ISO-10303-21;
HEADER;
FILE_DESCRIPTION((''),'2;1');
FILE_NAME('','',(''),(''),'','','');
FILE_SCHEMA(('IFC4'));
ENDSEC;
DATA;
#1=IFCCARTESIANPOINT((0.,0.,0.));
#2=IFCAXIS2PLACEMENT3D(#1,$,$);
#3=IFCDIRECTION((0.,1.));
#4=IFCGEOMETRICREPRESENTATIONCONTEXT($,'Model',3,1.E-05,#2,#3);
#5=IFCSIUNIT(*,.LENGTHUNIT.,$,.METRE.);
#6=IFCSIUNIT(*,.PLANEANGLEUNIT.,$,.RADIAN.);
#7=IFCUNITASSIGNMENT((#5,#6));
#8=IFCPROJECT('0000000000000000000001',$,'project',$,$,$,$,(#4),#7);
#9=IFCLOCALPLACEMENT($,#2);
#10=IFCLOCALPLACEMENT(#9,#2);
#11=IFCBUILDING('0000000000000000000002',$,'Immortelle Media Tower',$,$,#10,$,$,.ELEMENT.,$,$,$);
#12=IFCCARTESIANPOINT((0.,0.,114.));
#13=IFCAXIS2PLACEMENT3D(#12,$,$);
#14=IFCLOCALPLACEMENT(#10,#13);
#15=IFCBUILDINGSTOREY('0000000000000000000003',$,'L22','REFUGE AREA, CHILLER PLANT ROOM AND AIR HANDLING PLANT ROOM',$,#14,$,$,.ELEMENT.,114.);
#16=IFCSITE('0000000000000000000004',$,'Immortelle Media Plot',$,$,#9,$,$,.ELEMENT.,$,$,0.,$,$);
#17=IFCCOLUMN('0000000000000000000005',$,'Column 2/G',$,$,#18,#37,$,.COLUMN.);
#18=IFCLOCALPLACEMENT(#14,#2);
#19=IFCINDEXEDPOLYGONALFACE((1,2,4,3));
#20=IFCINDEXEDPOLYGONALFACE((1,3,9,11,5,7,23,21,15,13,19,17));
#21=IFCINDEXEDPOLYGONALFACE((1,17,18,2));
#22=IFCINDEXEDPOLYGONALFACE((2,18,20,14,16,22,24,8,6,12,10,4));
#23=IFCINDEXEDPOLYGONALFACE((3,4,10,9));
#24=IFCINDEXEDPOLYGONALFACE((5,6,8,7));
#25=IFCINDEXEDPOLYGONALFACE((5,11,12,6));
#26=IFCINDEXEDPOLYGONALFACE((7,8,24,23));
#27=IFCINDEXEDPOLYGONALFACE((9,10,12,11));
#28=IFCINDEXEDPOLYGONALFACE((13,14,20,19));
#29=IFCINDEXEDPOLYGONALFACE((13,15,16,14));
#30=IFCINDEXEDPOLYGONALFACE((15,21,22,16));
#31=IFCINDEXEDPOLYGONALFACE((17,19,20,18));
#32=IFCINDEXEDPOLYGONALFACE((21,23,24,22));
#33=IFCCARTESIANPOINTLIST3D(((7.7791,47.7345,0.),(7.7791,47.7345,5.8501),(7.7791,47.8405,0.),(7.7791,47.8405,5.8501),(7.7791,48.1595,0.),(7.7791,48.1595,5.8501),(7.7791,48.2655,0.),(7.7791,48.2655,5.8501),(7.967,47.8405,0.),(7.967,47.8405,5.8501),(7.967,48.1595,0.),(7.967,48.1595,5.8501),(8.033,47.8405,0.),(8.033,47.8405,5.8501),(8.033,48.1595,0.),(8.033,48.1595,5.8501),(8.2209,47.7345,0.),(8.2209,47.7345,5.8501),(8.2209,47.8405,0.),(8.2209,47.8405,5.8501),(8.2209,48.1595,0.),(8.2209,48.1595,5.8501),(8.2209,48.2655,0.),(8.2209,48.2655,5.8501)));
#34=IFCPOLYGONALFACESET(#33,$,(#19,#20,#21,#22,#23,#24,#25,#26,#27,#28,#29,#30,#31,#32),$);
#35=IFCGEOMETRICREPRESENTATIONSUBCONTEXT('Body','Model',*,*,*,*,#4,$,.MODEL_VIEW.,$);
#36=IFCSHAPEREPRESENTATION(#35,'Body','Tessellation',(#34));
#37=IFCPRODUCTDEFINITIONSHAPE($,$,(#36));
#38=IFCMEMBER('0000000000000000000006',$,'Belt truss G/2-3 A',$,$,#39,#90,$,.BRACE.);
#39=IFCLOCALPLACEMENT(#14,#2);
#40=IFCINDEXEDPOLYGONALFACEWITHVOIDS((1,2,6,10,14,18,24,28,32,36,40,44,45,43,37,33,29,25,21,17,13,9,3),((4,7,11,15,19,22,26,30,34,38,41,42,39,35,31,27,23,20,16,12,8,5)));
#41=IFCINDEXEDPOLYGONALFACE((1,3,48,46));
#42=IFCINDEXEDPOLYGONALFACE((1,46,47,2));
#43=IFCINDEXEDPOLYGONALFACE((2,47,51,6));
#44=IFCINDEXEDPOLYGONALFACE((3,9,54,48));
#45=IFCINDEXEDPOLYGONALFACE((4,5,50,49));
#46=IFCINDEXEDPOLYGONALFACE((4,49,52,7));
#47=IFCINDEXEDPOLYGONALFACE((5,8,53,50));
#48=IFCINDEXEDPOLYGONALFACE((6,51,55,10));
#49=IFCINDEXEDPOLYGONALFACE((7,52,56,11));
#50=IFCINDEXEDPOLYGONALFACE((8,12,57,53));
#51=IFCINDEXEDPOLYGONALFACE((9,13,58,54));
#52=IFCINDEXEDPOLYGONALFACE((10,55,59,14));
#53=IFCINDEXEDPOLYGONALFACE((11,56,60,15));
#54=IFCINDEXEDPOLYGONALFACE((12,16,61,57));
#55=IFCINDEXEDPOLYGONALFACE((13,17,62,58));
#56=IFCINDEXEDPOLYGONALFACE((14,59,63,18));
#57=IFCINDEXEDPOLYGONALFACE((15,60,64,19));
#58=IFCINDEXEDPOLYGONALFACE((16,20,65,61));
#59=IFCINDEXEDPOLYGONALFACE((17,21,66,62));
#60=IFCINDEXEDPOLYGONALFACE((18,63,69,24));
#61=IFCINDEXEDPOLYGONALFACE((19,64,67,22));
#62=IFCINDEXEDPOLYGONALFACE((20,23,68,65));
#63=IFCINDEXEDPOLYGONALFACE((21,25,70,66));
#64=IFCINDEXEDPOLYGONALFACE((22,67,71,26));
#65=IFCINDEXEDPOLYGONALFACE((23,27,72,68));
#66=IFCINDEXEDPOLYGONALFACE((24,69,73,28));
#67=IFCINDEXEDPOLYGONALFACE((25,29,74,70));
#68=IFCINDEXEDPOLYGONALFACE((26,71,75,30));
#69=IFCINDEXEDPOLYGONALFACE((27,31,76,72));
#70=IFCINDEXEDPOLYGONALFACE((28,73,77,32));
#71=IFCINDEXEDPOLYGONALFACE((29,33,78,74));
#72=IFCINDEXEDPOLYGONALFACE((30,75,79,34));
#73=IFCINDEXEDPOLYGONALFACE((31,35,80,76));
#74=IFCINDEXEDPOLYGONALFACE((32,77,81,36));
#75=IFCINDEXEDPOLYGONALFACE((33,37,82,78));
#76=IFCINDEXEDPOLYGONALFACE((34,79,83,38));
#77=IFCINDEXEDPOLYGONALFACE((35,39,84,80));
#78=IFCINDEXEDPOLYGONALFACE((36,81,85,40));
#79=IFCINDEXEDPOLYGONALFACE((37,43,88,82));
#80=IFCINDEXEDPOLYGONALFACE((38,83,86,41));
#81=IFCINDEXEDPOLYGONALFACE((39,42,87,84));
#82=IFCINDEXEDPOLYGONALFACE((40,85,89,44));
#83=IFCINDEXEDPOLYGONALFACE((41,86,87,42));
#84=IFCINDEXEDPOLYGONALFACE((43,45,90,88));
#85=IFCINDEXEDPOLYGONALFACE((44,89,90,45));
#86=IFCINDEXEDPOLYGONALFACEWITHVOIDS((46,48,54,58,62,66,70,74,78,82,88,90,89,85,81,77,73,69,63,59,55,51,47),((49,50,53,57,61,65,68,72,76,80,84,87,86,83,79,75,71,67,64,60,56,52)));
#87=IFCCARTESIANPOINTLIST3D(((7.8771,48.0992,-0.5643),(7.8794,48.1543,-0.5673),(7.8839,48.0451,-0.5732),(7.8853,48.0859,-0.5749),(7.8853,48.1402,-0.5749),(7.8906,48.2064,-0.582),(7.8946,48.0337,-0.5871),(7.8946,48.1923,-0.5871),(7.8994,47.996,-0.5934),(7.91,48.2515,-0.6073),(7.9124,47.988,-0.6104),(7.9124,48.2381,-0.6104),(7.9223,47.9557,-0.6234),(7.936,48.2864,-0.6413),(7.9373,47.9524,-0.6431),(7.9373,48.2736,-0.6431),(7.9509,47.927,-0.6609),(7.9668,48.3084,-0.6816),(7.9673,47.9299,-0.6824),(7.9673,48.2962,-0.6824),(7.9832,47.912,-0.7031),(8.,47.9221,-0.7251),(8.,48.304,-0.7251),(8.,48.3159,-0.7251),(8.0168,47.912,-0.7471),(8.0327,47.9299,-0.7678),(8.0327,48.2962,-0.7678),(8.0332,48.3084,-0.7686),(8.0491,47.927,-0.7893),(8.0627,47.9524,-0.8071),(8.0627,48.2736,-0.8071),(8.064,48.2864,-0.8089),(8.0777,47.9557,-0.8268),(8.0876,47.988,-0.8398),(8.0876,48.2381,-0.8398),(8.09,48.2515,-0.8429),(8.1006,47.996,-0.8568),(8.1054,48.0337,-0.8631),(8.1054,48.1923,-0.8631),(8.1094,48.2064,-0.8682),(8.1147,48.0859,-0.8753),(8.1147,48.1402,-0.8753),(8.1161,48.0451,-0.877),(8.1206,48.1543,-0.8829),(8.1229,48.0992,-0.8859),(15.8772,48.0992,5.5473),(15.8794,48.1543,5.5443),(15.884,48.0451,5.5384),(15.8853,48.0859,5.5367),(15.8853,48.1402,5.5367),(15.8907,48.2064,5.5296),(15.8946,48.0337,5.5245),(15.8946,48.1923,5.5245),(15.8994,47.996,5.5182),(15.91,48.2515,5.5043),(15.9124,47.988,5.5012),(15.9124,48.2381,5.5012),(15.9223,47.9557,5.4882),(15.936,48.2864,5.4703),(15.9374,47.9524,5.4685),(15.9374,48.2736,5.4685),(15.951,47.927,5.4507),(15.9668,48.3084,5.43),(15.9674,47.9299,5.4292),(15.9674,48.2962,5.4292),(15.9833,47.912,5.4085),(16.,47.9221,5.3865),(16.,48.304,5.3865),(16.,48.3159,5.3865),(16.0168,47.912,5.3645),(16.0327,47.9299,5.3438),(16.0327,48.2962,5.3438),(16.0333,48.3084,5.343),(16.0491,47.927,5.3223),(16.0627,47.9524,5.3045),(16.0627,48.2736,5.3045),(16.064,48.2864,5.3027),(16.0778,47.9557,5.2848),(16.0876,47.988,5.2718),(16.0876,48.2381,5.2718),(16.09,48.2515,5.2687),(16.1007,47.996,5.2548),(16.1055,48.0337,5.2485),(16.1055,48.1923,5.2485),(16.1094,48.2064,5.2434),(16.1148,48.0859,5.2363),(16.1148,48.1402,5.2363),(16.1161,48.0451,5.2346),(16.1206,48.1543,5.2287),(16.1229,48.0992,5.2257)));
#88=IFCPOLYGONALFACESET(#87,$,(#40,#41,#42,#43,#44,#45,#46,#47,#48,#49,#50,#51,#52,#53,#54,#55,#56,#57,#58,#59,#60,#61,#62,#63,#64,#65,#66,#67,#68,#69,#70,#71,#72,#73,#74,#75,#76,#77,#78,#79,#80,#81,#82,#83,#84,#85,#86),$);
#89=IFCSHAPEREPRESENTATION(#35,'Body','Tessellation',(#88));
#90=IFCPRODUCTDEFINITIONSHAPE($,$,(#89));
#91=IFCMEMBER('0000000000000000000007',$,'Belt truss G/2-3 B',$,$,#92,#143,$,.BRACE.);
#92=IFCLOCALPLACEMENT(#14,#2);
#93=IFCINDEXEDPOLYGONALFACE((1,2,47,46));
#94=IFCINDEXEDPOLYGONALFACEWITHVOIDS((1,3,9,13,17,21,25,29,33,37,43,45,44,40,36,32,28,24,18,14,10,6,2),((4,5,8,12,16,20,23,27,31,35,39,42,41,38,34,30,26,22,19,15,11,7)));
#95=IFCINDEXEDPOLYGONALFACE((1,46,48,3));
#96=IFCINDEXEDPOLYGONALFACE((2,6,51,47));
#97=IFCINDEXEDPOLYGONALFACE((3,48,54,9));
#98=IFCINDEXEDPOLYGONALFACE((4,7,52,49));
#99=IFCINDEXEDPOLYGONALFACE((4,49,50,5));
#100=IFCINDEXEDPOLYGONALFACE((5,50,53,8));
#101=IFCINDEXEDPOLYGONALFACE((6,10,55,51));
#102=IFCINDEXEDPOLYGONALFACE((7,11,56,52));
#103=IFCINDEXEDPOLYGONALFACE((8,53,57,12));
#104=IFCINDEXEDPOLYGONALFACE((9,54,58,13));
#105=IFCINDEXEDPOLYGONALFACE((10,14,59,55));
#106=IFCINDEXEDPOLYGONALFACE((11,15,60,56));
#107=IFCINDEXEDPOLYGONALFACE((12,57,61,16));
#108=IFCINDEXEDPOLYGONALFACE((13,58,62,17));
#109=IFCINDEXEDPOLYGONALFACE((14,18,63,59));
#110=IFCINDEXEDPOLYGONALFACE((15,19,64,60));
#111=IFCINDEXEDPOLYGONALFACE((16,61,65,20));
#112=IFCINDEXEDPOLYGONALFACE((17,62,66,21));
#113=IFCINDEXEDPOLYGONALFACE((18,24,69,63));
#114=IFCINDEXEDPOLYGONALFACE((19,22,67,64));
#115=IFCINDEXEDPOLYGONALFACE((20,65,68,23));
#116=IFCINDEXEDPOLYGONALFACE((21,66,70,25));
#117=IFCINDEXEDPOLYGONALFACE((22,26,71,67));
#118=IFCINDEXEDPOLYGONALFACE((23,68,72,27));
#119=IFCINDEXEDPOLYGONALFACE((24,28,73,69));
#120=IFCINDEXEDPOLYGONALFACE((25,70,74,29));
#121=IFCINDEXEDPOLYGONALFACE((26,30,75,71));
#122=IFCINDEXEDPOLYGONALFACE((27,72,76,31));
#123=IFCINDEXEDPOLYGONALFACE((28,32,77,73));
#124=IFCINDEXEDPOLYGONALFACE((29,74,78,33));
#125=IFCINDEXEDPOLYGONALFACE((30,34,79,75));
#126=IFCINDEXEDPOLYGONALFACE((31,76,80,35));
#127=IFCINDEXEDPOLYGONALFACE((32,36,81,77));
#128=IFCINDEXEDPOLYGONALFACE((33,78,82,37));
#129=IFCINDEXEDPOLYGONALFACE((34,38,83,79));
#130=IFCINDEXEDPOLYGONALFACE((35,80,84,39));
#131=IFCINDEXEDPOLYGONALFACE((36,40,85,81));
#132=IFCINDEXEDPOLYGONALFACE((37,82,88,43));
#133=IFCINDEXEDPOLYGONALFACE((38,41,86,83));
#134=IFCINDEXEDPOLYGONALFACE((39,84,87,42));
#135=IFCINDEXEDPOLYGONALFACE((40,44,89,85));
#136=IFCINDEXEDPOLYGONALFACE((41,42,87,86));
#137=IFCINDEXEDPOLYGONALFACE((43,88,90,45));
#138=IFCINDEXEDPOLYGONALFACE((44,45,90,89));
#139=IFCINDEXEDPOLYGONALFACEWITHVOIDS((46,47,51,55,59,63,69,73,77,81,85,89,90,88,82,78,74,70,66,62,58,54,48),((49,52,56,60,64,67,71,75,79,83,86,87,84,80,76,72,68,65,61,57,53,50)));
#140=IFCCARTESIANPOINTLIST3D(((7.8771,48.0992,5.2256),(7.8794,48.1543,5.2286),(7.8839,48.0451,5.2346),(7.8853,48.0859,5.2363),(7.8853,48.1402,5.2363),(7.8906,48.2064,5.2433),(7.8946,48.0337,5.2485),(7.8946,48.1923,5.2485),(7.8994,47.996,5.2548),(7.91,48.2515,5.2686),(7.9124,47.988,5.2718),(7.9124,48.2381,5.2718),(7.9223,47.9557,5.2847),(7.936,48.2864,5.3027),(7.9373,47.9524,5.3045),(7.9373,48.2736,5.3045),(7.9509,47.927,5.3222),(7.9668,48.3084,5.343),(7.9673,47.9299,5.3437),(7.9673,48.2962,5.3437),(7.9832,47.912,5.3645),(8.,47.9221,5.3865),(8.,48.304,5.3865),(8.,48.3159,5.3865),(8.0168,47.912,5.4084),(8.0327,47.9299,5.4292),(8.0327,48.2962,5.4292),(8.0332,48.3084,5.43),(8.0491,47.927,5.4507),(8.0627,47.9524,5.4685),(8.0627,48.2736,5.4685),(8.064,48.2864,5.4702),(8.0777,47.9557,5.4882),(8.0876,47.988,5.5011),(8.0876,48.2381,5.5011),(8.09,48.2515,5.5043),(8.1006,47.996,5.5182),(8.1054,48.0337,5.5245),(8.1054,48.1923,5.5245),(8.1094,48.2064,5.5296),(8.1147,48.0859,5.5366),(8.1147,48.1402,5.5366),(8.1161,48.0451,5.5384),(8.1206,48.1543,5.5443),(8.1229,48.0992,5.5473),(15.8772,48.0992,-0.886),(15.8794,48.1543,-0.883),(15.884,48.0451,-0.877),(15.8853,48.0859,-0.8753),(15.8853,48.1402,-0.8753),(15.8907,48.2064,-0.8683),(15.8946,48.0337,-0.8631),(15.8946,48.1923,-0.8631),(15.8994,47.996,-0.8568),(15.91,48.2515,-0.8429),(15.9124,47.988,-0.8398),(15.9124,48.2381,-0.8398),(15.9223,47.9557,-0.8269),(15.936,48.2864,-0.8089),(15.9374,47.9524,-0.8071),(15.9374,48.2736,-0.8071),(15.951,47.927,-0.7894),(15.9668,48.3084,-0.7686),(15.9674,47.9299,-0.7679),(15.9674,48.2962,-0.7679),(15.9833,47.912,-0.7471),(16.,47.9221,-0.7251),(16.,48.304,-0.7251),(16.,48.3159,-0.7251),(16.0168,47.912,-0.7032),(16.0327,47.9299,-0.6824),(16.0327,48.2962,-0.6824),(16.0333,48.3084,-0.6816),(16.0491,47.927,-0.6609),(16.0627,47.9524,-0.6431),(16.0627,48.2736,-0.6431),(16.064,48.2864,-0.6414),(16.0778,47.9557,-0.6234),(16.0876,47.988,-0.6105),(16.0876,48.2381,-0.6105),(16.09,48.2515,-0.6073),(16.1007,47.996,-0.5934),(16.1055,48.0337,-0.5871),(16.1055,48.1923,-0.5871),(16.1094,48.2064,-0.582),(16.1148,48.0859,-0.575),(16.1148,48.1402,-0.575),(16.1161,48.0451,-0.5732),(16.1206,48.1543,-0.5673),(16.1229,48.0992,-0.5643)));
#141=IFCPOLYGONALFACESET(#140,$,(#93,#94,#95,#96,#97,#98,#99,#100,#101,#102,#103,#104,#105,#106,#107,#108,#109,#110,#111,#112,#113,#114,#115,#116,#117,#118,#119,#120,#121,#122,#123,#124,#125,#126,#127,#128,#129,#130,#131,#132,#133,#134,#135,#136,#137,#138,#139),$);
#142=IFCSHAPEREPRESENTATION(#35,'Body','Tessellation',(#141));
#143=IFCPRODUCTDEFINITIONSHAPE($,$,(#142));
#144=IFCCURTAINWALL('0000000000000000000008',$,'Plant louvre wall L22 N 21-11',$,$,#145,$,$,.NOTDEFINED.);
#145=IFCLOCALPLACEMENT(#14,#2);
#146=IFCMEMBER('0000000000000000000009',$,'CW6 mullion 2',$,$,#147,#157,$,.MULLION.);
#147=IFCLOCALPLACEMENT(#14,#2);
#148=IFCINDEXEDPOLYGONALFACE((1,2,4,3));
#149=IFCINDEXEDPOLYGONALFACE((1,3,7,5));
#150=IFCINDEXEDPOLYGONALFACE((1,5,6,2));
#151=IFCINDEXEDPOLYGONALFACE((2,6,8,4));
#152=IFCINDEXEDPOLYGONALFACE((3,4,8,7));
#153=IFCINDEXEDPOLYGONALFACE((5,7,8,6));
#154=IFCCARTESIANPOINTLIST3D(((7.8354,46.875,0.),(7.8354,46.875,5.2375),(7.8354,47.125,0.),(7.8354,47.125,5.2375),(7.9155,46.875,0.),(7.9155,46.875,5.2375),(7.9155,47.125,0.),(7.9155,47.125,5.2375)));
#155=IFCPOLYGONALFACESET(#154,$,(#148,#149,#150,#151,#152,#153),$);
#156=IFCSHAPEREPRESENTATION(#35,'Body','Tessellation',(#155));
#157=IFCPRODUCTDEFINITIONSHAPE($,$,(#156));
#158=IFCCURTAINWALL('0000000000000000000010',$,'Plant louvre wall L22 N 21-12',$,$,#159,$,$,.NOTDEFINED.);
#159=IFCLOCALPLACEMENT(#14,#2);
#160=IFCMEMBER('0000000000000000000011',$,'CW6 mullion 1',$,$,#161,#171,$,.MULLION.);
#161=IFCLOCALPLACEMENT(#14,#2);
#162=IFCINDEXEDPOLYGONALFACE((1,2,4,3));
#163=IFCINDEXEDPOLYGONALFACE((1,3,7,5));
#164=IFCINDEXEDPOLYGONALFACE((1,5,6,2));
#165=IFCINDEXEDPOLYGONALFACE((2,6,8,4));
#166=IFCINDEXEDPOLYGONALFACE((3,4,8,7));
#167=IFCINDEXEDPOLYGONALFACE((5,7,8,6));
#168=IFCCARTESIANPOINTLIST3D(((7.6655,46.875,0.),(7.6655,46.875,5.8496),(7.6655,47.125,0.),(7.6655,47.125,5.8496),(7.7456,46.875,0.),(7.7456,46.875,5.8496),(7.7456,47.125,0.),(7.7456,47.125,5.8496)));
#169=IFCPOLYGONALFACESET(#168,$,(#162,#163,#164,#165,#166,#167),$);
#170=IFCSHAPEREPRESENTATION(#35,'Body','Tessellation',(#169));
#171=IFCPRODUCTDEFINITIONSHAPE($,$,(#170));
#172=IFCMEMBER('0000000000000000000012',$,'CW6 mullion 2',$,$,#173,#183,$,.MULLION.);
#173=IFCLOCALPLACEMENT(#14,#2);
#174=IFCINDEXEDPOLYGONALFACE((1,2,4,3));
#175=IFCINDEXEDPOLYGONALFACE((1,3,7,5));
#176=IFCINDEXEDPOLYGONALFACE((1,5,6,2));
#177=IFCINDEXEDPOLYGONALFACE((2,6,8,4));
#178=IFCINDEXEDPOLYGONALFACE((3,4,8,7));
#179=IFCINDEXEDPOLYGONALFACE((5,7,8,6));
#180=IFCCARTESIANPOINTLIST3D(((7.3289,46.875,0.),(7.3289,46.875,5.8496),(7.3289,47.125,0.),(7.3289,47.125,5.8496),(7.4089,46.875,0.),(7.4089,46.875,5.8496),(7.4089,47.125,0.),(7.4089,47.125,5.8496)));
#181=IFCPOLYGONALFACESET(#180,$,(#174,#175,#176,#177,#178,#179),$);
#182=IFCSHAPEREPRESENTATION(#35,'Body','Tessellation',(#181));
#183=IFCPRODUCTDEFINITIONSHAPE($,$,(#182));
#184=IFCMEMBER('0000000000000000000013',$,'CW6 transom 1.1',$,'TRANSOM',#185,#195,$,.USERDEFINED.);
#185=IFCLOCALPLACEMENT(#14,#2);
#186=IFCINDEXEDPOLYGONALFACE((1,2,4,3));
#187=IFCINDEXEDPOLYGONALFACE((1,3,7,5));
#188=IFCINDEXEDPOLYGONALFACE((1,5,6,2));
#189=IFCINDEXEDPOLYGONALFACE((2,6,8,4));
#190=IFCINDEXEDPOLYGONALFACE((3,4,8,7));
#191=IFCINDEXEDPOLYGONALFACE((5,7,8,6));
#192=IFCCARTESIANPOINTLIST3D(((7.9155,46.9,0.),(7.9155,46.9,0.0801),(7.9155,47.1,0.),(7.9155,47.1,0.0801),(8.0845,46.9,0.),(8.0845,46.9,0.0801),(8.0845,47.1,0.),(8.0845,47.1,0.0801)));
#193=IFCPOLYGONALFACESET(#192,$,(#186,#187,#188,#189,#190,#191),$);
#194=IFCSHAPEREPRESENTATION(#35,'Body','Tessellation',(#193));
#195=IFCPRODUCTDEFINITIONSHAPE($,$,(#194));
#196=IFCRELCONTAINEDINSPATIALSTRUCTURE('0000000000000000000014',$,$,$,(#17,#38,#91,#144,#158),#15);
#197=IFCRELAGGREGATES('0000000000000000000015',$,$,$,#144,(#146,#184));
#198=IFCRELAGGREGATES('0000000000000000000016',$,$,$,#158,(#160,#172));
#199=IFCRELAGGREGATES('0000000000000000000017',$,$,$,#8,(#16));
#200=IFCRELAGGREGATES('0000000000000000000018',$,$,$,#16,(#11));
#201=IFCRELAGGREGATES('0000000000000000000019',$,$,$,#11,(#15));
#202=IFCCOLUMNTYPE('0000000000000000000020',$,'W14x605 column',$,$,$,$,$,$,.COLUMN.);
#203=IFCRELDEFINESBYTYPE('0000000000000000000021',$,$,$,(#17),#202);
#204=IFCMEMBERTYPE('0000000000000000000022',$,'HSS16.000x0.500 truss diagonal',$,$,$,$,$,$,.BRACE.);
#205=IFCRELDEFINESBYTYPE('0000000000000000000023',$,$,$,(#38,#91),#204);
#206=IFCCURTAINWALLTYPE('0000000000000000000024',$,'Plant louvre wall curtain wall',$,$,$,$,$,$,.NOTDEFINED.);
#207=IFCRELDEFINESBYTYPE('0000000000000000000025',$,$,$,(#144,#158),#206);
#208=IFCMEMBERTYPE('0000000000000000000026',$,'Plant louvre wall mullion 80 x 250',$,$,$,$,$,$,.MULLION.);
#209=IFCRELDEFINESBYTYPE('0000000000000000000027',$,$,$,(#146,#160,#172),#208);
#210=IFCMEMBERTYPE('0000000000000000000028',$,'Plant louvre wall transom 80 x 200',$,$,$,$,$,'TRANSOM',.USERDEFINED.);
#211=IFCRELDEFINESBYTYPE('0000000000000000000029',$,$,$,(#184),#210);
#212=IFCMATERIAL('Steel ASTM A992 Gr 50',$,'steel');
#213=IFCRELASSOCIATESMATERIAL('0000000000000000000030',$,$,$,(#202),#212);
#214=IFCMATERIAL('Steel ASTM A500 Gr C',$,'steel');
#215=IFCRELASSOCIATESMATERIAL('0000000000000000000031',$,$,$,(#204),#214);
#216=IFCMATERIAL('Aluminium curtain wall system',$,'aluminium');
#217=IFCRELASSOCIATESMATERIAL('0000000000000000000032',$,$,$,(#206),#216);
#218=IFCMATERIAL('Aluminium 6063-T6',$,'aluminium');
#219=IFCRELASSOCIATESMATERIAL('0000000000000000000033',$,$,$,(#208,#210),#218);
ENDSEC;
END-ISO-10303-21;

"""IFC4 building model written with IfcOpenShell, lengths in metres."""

from ifc_helpers import new_model, si_unit, direction, frame, origin, origin_2d, place, context, subcontext, project, spatial, rectangle, hollow_circle, i_section, extrude, material, material_profile, profile_set, type_object, element, aggregate, save


model = new_model("IFC4")

# Units and contexts
model_context = context("Model", 3, precision=1e-05, world=origin(), true_north=direction((0.0, 1.0)))
body_context = subcontext(model_context, "Body", "Model", "MODEL_VIEW")
ifc_project = project(units=[si_unit("LENGTHUNIT", "METRE"), si_unit("PLANEANGLEUNIT", "RADIAN")], contexts=[model_context])

# Site, building, storey
site_placement = place(None, origin())
site = spatial("IfcSite", under=ifc_project, at=site_placement, Name="Immortelle Media Plot", CompositionType="ELEMENT", RefElevation=0.0)
building_placement = place(site_placement, origin())
building = spatial("IfcBuilding", under=site, at=building_placement, Name="Immortelle Media Tower", CompositionType="ELEMENT")
storey_placement = place(building_placement, frame((0.0, 0.0, 114.0)))
storey = spatial("IfcBuildingStorey", under=building, at=storey_placement, Name="L22", Description="REFUGE AREA, CHILLER PLANT ROOM AND AIR HANDLING PLANT ROOM", CompositionType="ELEMENT", Elevation=114.0)

# Column
ifc_material_1 = material(Name="Steel ASTM A992 Gr 50", Category="steel")
ifc_material_profile_1 = material_profile(ifc_material_1, i_section(OverallWidth=0.4419, OverallDepth=0.531, WebThickness=0.0659, FlangeThickness=0.106, at=origin_2d()), Name="W14x605")
ifc_profile_set_1 = profile_set([ifc_material_profile_1], Name="Steel ASTM A992 Gr 50")
column_type = type_object("IfcColumnType", Name="W14x605 column", PredefinedType="COLUMN", material=ifc_profile_set_1)
column_placement = place(storey_placement, frame((8.0, 48.0, 0.0), z_axis=(0.0, 0.0, 1.0), x_axis=(1.0, 0.0, 0.0)))
element("IfcColumn", 1, at=column_placement, inside=storey, type_object=column_type, Name="Column 2/G", PredefinedType="COLUMN", context=body_context, shape_type="SweptSolid", body=[
    extrude(i_section(OverallWidth=0.4419, OverallDepth=0.531, WebThickness=0.0659, FlangeThickness=0.106, at=origin_2d()), origin(), (0.0, 0.0, 1.0), 5.8501),
])

# Members
ifc_material_2 = material(Name="Steel ASTM A500 Gr C", Category="steel")
ifc_material_profile_2 = material_profile(ifc_material_2, hollow_circle(Radius=0.2029, WallThickness=0.012, at=origin_2d()), Name="HSS16.000x0.500 truss diagonal")
ifc_profile_set_2 = profile_set([ifc_material_profile_2], Name="Steel ASTM A500 Gr C")
member_type_1 = type_object("IfcMemberType", Name="HSS16.000x0.500 truss diagonal", PredefinedType="BRACE", material=ifc_profile_set_2)
for number, where, z_axis, x_axis, name in (
    (2, (8.0, 48.113, -0.7251), (0.794649, 0.0, 0.607069), (0.0, 1.0, 0.0), "Belt truss G/2-3 A"),
    (3, (8.0, 48.113, 5.3865), (0.794649, 0.0, -0.607069), (0.0, 1.0, 0.0), "Belt truss G/2-3 B"),
):
    element("IfcMember", number, at=place(storey_placement, frame(where, z_axis=z_axis, x_axis=x_axis)), inside=storey, type_object=member_type_1, Name=name, PredefinedType="BRACE", context=body_context, shape_type="SweptSolid", body=[
        extrude(hollow_circle(Radius=0.2029, WallThickness=0.012, at=origin_2d()), origin(), (0.0, 0.0, 1.0), 10.0674),
    ])

# Curtain wall, member
ifc_material_3 = material(Name="Aluminium curtain wall system", Category="aluminium")
curtain_wall_type = type_object("IfcCurtainWallType", Name="Plant louvre wall curtain wall", PredefinedType="NOTDEFINED", material=ifc_material_3)
curtain_wall_1_placement = place(storey_placement, origin())
curtain_wall_1 = element("IfcCurtainWall", 4, at=curtain_wall_1_placement, inside=storey, type_object=curtain_wall_type, Name="Plant louvre wall L22 N 21-11", PredefinedType="NOTDEFINED")
ifc_material_4 = material(Name="Aluminium 6063-T6", Category="aluminium")
ifc_material_profile_3 = material_profile(ifc_material_4, rectangle(XDim=0.25, YDim=0.0801, at=origin_2d()), Name="AL 80x250")
ifc_profile_set_3 = profile_set([ifc_material_profile_3], Name="Aluminium 6063-T6")
member_type_2 = type_object("IfcMemberType", Name="Plant louvre wall mullion 80 x 250", PredefinedType="MULLION", material=ifc_profile_set_3)
member_1_placement = place(storey_placement, frame((7.8755, 47.0, 0.0), z_axis=(0.0, 0.0, 1.0), x_axis=(0.0, -1.0, 0.0)))
member_1 = element("IfcMember", 5, at=member_1_placement, type_object=member_type_2, Name="CW6 mullion 2", PredefinedType="MULLION", context=body_context, shape_type="SweptSolid", body=[
    extrude(rectangle(XDim=0.25, YDim=0.0801, at=origin_2d()), origin(), (0.0, 0.0, 1.0), 5.2375),
])

# Curtain wall, members
curtain_wall_2_placement = place(storey_placement, origin())
curtain_wall_2 = element("IfcCurtainWall", 6, at=curtain_wall_2_placement, inside=storey, type_object=curtain_wall_type, Name="Plant louvre wall L22 N 21-12", PredefinedType="NOTDEFINED")
member_2_placement = place(storey_placement, frame((7.7056, 47.0, 0.0), z_axis=(0.0, 0.0, 1.0), x_axis=(0.0, -1.0, 0.0)))
member_2 = element("IfcMember", 7, at=member_2_placement, type_object=member_type_2, Name="CW6 mullion 1", PredefinedType="MULLION", context=body_context, shape_type="SweptSolid", body=[
    extrude(rectangle(XDim=0.25, YDim=0.0801, at=origin_2d()), origin(), (0.0, 0.0, 1.0), 5.8496),
])
member_3_placement = place(storey_placement, frame((7.3689, 47.0, 0.0), z_axis=(0.0, 0.0, 1.0), x_axis=(0.0, -1.0, 0.0)))
member_3 = element("IfcMember", 8, at=member_3_placement, type_object=member_type_2, Name="CW6 mullion 2", PredefinedType="MULLION", context=body_context, shape_type="SweptSolid", body=[
    extrude(rectangle(XDim=0.25, YDim=0.0801, at=origin_2d()), origin(), (0.0, 0.0, 1.0), 5.8496),
])

# Member
ifc_material_profile_4 = material_profile(ifc_material_4, rectangle(XDim=0.2, YDim=0.0801, at=origin_2d()), Name="AL 80x200")
ifc_profile_set_4 = profile_set([ifc_material_profile_4], Name="Aluminium 6063-T6")
member_type_3 = type_object("IfcMemberType", Name="Plant louvre wall transom 80 x 200", ElementType="TRANSOM", PredefinedType="USERDEFINED", material=ifc_profile_set_4)
member_4_placement = place(storey_placement, frame((8.0845, 47.0, 0.04), z_axis=(-1.0, 0.0, 0.0), x_axis=(0.0, -1.0, 0.0)))
member_4 = element("IfcMember", 9, at=member_4_placement, type_object=member_type_3, Name="CW6 transom 1.1", ObjectType="TRANSOM", PredefinedType="USERDEFINED", context=body_context, shape_type="SweptSolid", body=[
    extrude(rectangle(XDim=0.2, YDim=0.0801, at=origin_2d()), origin(), (0.0, 0.0, 1.0), 0.1689),
])

aggregate(curtain_wall_1, [member_1, member_4])
aggregate(curtain_wall_2, [member_2, member_3])

save(model, "model.ifc")
